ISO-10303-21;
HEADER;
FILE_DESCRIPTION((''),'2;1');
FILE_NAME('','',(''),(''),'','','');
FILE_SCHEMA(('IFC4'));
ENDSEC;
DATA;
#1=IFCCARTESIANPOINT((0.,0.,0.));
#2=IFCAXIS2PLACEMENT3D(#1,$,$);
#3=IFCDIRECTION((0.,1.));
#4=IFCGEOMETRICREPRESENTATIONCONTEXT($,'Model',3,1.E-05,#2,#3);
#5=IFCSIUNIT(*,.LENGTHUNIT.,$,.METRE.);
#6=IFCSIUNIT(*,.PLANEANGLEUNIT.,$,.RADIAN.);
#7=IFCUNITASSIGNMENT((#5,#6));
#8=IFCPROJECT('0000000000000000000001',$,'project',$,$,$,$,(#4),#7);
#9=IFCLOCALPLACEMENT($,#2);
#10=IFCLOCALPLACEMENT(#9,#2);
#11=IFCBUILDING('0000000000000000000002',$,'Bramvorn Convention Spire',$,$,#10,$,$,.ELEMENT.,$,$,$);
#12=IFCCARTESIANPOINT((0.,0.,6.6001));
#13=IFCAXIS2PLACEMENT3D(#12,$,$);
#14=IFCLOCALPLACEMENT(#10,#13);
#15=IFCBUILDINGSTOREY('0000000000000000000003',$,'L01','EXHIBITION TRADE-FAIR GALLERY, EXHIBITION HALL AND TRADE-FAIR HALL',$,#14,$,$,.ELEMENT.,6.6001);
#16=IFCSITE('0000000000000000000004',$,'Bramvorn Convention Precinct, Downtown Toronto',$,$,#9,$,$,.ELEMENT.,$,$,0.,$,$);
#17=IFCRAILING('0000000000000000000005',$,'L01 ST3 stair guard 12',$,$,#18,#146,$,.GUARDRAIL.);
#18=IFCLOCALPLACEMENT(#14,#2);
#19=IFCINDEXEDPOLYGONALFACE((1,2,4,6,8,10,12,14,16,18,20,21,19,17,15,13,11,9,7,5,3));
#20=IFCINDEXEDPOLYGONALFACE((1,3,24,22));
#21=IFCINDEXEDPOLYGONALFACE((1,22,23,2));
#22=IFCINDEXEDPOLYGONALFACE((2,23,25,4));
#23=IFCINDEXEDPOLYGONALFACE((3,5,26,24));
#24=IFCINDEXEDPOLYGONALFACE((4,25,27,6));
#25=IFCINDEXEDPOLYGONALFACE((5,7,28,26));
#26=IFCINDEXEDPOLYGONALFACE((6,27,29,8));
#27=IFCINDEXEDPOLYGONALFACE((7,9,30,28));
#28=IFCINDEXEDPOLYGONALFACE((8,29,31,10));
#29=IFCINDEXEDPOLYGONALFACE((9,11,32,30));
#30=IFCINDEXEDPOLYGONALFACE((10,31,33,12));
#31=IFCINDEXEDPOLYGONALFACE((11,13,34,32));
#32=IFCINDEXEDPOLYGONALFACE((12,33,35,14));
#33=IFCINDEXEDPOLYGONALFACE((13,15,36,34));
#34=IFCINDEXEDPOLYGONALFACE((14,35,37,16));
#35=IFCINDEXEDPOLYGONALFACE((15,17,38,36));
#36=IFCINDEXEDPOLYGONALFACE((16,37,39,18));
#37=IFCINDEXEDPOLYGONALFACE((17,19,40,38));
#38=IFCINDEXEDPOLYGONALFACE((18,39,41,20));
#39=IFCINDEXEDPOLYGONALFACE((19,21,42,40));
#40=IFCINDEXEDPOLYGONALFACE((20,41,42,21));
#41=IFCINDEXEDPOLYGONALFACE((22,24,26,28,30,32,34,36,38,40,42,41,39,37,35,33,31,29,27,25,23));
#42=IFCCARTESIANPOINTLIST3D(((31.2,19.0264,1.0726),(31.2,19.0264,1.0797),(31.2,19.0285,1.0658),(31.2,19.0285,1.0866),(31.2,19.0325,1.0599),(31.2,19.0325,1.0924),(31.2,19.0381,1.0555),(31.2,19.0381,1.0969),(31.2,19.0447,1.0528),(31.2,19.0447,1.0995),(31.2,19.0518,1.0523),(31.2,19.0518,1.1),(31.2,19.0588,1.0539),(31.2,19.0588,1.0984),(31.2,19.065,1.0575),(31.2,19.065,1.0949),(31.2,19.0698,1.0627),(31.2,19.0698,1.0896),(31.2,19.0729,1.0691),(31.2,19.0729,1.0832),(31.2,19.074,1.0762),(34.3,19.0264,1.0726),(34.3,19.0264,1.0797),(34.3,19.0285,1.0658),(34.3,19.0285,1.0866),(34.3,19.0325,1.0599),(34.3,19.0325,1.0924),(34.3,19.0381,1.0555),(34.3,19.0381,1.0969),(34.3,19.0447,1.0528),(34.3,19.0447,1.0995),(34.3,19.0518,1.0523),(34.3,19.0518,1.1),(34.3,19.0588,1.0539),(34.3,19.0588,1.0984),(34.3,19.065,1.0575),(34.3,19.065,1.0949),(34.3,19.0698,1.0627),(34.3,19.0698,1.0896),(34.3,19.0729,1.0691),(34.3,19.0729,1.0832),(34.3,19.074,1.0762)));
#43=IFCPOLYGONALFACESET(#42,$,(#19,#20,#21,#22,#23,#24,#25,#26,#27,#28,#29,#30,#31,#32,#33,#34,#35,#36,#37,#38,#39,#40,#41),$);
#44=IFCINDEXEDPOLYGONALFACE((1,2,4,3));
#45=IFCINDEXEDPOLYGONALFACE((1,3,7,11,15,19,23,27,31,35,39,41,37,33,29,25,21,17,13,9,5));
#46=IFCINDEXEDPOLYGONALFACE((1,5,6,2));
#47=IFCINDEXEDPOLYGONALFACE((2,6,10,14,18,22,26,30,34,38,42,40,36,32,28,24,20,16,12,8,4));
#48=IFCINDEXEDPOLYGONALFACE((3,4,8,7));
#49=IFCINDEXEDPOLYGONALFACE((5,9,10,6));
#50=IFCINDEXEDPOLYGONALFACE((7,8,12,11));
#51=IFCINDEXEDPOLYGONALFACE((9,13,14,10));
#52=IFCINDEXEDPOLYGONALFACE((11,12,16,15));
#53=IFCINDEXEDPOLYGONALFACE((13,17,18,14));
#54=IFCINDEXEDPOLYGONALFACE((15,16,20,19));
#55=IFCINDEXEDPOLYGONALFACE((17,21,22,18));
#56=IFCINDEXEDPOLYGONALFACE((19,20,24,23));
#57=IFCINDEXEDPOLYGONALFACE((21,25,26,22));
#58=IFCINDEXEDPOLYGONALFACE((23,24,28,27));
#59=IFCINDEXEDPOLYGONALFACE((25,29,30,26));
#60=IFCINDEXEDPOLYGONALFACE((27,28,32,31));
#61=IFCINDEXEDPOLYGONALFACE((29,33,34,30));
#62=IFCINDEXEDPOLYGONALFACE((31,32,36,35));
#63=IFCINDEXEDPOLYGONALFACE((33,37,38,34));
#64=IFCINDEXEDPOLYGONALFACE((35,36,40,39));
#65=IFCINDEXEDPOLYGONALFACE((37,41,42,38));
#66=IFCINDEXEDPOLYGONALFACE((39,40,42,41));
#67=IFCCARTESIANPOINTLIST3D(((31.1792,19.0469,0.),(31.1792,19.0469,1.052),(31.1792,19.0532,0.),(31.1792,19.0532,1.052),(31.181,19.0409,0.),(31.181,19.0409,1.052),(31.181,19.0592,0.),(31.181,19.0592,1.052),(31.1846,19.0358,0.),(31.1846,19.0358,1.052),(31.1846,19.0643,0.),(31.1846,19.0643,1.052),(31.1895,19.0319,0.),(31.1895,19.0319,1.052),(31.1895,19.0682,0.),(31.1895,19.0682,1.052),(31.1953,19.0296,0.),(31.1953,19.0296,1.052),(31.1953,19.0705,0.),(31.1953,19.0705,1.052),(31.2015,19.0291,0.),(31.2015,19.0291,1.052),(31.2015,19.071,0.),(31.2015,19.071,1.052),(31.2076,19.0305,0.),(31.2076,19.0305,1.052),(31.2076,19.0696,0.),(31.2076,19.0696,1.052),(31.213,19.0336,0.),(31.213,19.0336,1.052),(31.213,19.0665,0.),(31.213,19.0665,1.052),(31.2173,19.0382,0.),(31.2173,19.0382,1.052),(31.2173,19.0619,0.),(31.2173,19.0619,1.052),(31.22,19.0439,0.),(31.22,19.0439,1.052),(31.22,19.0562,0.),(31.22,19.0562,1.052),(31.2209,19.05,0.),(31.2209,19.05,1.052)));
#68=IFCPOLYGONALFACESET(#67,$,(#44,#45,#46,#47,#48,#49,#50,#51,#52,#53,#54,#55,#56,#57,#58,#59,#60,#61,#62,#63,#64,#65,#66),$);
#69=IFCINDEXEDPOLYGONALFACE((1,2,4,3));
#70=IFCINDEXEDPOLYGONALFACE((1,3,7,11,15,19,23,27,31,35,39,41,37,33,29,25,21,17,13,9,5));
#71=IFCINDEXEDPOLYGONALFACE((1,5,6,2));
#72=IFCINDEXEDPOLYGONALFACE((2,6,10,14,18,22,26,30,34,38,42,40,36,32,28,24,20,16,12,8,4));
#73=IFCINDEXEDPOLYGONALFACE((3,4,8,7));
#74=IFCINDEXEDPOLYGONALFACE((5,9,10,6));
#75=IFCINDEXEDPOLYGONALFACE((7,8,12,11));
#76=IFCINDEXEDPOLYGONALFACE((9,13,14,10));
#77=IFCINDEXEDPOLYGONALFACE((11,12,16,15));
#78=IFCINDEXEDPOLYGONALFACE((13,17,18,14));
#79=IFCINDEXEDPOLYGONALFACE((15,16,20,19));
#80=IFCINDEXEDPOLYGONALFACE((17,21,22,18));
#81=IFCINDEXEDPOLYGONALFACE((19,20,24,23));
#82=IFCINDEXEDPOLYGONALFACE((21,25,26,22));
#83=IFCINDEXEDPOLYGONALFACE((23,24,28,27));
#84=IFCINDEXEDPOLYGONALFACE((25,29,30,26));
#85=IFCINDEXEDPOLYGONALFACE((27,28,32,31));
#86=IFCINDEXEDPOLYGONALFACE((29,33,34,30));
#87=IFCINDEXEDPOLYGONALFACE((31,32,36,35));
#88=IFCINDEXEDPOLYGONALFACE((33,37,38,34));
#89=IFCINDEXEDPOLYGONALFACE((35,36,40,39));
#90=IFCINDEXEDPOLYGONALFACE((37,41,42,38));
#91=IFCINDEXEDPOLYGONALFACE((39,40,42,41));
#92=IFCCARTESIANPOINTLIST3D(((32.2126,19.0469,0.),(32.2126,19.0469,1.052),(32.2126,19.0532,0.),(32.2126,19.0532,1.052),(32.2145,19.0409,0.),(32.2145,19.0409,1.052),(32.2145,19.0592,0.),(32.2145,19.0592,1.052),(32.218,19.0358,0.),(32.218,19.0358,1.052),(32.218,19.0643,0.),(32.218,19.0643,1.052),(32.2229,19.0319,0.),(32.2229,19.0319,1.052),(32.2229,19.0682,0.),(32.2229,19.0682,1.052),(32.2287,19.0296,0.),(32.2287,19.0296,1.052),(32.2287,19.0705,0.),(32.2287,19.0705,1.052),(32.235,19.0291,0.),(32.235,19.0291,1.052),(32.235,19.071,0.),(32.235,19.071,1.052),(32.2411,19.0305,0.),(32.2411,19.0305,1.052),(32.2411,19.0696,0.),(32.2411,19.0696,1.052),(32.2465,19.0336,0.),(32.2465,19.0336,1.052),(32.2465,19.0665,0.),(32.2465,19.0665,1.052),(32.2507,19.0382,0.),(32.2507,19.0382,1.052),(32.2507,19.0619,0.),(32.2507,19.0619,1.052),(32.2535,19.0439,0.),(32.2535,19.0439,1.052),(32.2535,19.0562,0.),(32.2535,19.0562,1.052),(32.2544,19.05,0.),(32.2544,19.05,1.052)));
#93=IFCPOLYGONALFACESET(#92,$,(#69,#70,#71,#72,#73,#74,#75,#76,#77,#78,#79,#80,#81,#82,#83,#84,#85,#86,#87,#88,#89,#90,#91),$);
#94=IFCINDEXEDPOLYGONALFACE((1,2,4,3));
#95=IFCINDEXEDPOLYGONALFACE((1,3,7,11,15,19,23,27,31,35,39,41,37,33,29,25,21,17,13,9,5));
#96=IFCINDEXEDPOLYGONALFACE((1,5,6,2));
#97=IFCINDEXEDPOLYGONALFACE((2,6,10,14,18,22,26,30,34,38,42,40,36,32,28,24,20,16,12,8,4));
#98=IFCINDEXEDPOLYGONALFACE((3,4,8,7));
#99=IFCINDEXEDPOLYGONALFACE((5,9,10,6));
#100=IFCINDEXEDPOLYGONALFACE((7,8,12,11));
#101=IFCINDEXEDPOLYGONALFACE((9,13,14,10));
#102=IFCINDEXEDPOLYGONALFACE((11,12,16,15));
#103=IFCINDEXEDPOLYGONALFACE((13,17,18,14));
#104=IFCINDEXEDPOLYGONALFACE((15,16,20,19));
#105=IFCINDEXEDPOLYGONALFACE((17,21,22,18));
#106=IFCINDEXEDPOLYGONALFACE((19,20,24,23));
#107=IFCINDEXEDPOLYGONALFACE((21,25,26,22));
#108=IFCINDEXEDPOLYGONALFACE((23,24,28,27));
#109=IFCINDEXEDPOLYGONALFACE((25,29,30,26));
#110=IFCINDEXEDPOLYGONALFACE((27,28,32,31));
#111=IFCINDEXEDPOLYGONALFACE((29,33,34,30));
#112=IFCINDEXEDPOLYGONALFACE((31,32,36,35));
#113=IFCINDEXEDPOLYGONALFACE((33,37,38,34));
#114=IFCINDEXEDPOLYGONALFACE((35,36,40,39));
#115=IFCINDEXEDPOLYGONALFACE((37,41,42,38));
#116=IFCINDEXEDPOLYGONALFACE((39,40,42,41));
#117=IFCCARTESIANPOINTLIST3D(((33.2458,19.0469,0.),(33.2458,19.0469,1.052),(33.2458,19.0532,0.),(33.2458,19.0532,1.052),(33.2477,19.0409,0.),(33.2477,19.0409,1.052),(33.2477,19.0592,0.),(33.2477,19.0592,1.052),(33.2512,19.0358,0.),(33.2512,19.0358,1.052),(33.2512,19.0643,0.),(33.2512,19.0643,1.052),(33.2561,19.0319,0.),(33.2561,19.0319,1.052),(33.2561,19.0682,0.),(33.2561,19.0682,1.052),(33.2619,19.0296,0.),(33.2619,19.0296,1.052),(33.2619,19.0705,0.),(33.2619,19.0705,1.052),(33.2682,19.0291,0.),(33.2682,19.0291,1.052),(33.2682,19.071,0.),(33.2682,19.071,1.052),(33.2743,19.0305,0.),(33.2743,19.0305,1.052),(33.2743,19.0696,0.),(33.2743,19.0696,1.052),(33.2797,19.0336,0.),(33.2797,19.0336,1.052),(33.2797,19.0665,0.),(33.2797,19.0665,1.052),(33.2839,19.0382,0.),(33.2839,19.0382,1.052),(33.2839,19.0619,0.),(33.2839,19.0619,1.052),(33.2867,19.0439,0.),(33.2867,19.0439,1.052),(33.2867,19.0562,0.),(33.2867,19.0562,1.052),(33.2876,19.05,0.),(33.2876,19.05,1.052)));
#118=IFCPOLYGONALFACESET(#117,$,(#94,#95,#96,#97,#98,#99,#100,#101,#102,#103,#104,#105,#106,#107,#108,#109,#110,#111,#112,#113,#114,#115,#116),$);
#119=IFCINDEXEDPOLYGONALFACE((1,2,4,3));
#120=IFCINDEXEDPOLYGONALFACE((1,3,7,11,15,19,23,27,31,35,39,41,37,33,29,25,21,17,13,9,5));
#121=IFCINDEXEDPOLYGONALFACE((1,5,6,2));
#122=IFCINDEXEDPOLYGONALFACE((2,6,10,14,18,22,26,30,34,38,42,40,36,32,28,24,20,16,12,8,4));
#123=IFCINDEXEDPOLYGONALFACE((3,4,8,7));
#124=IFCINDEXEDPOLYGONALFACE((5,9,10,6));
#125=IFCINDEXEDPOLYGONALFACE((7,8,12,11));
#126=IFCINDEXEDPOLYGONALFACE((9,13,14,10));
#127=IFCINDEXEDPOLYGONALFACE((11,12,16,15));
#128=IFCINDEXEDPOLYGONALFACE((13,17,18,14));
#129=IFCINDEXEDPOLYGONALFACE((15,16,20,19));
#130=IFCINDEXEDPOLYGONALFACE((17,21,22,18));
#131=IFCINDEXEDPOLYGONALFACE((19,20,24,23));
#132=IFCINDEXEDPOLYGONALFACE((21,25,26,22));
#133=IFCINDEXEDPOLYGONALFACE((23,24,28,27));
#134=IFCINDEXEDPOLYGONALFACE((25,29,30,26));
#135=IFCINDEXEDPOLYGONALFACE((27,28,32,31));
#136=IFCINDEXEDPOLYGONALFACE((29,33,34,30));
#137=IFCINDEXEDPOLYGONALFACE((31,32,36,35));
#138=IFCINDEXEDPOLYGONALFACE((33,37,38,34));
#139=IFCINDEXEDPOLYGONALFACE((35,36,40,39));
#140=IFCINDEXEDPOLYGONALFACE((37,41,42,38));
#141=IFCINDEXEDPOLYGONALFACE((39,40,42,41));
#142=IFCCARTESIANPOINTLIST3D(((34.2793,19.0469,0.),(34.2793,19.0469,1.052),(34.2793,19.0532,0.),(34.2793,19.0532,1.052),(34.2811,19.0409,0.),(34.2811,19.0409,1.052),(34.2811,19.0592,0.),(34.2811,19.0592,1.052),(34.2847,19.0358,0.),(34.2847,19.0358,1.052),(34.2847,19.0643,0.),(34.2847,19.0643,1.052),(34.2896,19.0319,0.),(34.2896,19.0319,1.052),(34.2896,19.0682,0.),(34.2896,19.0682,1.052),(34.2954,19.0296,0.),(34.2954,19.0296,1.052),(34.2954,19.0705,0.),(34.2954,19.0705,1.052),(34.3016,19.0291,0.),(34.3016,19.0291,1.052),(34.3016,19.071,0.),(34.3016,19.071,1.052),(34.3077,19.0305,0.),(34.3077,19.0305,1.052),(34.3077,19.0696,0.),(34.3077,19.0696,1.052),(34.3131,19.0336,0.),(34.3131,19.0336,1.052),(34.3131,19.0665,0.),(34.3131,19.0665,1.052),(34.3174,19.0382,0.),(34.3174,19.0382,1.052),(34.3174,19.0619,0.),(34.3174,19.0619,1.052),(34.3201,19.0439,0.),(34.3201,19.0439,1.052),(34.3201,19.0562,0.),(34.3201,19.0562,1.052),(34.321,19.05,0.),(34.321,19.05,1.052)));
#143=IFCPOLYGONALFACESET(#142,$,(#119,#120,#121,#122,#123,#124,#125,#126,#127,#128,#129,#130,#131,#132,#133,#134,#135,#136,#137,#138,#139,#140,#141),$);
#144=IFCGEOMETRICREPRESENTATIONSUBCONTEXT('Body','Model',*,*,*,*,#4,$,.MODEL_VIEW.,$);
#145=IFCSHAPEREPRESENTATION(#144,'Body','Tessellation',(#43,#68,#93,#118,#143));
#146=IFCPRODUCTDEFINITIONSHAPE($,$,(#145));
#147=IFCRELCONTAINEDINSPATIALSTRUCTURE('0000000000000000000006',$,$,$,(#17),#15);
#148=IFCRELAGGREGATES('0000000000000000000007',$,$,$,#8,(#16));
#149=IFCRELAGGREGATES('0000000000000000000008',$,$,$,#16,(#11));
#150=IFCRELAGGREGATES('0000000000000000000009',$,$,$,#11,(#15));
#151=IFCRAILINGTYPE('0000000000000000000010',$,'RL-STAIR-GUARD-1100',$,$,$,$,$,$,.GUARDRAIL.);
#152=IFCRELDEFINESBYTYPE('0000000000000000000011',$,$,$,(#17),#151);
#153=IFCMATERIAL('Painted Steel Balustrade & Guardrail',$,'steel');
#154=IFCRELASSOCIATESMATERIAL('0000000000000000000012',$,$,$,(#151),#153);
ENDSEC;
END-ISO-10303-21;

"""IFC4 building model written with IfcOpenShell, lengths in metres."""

from ifc_helpers import new_model, si_unit, direction, frame, origin, origin_2d, place, context, subcontext, project, spatial, circle, extrude, material, type_object, element, save


model = new_model("IFC4")

# Units and contexts
model_context = context("Model", 3, precision=1e-05, world=origin(), true_north=direction((0.0, 1.0)))
body_context = subcontext(model_context, "Body", "Model", "MODEL_VIEW")
ifc_project = project(units=[si_unit("LENGTHUNIT", "METRE"), si_unit("PLANEANGLEUNIT", "RADIAN")], contexts=[model_context])

# Site, building, storey
site_placement = place(None, origin())
site = spatial("IfcSite", under=ifc_project, at=site_placement, Name="Bramvorn Convention Precinct, Downtown Toronto", CompositionType="ELEMENT", RefElevation=0.0)
building_placement = place(site_placement, origin())
building = spatial("IfcBuilding", under=site, at=building_placement, Name="Bramvorn Convention Spire", CompositionType="ELEMENT")
storey_placement = place(building_placement, frame((0.0, 0.0, 6.6001)))
storey = spatial("IfcBuildingStorey", under=building, at=storey_placement, Name="L01", Description="EXHIBITION TRADE-FAIR GALLERY, EXHIBITION HALL AND TRADE-FAIR HALL", CompositionType="ELEMENT", Elevation=6.6001)

# Railing
ifc_material_1 = material(Name="Painted Steel Balustrade & Guardrail", Category="steel")
railing_type = type_object("IfcRailingType", Name="RL-STAIR-GUARD-1100", PredefinedType="GUARDRAIL", material=ifc_material_1)
railing_1_placement = place(storey_placement, frame((31.2, 19.05, 0.0)))
element("IfcRailing", 1, at=railing_1_placement, inside=storey, type_object=railing_type, Name="L01 ST3 stair guard 12", PredefinedType="GUARDRAIL", context=body_context, shape_type="SweptSolid", body=[
    extrude(circle(Radius=0.0239, at=origin_2d()), frame((0.0, 0.0, 1.0762), z_axis=(1.0, 0.0, 0.0), x_axis=(0.0, 1.0, 0.0)), (0.0, 0.0, 1.0), 3.1001),
    extrude(circle(Radius=0.021, at=origin_2d()), origin(), (0.0, 0.0, 1.0), 1.052),
    extrude(circle(Radius=0.021, at=origin_2d()), frame((1.0334, 0.0, 0.0)), (0.0, 0.0, 1.0), 1.052),
    extrude(circle(Radius=0.021, at=origin_2d()), frame((2.0667, 0.0, 0.0)), (0.0, 0.0, 1.0), 1.052),
    extrude(circle(Radius=0.021, at=origin_2d()), frame((3.1001, 0.0, 0.0)), (0.0, 0.0, 1.0), 1.052),
])

save(model, "model.ifc")
